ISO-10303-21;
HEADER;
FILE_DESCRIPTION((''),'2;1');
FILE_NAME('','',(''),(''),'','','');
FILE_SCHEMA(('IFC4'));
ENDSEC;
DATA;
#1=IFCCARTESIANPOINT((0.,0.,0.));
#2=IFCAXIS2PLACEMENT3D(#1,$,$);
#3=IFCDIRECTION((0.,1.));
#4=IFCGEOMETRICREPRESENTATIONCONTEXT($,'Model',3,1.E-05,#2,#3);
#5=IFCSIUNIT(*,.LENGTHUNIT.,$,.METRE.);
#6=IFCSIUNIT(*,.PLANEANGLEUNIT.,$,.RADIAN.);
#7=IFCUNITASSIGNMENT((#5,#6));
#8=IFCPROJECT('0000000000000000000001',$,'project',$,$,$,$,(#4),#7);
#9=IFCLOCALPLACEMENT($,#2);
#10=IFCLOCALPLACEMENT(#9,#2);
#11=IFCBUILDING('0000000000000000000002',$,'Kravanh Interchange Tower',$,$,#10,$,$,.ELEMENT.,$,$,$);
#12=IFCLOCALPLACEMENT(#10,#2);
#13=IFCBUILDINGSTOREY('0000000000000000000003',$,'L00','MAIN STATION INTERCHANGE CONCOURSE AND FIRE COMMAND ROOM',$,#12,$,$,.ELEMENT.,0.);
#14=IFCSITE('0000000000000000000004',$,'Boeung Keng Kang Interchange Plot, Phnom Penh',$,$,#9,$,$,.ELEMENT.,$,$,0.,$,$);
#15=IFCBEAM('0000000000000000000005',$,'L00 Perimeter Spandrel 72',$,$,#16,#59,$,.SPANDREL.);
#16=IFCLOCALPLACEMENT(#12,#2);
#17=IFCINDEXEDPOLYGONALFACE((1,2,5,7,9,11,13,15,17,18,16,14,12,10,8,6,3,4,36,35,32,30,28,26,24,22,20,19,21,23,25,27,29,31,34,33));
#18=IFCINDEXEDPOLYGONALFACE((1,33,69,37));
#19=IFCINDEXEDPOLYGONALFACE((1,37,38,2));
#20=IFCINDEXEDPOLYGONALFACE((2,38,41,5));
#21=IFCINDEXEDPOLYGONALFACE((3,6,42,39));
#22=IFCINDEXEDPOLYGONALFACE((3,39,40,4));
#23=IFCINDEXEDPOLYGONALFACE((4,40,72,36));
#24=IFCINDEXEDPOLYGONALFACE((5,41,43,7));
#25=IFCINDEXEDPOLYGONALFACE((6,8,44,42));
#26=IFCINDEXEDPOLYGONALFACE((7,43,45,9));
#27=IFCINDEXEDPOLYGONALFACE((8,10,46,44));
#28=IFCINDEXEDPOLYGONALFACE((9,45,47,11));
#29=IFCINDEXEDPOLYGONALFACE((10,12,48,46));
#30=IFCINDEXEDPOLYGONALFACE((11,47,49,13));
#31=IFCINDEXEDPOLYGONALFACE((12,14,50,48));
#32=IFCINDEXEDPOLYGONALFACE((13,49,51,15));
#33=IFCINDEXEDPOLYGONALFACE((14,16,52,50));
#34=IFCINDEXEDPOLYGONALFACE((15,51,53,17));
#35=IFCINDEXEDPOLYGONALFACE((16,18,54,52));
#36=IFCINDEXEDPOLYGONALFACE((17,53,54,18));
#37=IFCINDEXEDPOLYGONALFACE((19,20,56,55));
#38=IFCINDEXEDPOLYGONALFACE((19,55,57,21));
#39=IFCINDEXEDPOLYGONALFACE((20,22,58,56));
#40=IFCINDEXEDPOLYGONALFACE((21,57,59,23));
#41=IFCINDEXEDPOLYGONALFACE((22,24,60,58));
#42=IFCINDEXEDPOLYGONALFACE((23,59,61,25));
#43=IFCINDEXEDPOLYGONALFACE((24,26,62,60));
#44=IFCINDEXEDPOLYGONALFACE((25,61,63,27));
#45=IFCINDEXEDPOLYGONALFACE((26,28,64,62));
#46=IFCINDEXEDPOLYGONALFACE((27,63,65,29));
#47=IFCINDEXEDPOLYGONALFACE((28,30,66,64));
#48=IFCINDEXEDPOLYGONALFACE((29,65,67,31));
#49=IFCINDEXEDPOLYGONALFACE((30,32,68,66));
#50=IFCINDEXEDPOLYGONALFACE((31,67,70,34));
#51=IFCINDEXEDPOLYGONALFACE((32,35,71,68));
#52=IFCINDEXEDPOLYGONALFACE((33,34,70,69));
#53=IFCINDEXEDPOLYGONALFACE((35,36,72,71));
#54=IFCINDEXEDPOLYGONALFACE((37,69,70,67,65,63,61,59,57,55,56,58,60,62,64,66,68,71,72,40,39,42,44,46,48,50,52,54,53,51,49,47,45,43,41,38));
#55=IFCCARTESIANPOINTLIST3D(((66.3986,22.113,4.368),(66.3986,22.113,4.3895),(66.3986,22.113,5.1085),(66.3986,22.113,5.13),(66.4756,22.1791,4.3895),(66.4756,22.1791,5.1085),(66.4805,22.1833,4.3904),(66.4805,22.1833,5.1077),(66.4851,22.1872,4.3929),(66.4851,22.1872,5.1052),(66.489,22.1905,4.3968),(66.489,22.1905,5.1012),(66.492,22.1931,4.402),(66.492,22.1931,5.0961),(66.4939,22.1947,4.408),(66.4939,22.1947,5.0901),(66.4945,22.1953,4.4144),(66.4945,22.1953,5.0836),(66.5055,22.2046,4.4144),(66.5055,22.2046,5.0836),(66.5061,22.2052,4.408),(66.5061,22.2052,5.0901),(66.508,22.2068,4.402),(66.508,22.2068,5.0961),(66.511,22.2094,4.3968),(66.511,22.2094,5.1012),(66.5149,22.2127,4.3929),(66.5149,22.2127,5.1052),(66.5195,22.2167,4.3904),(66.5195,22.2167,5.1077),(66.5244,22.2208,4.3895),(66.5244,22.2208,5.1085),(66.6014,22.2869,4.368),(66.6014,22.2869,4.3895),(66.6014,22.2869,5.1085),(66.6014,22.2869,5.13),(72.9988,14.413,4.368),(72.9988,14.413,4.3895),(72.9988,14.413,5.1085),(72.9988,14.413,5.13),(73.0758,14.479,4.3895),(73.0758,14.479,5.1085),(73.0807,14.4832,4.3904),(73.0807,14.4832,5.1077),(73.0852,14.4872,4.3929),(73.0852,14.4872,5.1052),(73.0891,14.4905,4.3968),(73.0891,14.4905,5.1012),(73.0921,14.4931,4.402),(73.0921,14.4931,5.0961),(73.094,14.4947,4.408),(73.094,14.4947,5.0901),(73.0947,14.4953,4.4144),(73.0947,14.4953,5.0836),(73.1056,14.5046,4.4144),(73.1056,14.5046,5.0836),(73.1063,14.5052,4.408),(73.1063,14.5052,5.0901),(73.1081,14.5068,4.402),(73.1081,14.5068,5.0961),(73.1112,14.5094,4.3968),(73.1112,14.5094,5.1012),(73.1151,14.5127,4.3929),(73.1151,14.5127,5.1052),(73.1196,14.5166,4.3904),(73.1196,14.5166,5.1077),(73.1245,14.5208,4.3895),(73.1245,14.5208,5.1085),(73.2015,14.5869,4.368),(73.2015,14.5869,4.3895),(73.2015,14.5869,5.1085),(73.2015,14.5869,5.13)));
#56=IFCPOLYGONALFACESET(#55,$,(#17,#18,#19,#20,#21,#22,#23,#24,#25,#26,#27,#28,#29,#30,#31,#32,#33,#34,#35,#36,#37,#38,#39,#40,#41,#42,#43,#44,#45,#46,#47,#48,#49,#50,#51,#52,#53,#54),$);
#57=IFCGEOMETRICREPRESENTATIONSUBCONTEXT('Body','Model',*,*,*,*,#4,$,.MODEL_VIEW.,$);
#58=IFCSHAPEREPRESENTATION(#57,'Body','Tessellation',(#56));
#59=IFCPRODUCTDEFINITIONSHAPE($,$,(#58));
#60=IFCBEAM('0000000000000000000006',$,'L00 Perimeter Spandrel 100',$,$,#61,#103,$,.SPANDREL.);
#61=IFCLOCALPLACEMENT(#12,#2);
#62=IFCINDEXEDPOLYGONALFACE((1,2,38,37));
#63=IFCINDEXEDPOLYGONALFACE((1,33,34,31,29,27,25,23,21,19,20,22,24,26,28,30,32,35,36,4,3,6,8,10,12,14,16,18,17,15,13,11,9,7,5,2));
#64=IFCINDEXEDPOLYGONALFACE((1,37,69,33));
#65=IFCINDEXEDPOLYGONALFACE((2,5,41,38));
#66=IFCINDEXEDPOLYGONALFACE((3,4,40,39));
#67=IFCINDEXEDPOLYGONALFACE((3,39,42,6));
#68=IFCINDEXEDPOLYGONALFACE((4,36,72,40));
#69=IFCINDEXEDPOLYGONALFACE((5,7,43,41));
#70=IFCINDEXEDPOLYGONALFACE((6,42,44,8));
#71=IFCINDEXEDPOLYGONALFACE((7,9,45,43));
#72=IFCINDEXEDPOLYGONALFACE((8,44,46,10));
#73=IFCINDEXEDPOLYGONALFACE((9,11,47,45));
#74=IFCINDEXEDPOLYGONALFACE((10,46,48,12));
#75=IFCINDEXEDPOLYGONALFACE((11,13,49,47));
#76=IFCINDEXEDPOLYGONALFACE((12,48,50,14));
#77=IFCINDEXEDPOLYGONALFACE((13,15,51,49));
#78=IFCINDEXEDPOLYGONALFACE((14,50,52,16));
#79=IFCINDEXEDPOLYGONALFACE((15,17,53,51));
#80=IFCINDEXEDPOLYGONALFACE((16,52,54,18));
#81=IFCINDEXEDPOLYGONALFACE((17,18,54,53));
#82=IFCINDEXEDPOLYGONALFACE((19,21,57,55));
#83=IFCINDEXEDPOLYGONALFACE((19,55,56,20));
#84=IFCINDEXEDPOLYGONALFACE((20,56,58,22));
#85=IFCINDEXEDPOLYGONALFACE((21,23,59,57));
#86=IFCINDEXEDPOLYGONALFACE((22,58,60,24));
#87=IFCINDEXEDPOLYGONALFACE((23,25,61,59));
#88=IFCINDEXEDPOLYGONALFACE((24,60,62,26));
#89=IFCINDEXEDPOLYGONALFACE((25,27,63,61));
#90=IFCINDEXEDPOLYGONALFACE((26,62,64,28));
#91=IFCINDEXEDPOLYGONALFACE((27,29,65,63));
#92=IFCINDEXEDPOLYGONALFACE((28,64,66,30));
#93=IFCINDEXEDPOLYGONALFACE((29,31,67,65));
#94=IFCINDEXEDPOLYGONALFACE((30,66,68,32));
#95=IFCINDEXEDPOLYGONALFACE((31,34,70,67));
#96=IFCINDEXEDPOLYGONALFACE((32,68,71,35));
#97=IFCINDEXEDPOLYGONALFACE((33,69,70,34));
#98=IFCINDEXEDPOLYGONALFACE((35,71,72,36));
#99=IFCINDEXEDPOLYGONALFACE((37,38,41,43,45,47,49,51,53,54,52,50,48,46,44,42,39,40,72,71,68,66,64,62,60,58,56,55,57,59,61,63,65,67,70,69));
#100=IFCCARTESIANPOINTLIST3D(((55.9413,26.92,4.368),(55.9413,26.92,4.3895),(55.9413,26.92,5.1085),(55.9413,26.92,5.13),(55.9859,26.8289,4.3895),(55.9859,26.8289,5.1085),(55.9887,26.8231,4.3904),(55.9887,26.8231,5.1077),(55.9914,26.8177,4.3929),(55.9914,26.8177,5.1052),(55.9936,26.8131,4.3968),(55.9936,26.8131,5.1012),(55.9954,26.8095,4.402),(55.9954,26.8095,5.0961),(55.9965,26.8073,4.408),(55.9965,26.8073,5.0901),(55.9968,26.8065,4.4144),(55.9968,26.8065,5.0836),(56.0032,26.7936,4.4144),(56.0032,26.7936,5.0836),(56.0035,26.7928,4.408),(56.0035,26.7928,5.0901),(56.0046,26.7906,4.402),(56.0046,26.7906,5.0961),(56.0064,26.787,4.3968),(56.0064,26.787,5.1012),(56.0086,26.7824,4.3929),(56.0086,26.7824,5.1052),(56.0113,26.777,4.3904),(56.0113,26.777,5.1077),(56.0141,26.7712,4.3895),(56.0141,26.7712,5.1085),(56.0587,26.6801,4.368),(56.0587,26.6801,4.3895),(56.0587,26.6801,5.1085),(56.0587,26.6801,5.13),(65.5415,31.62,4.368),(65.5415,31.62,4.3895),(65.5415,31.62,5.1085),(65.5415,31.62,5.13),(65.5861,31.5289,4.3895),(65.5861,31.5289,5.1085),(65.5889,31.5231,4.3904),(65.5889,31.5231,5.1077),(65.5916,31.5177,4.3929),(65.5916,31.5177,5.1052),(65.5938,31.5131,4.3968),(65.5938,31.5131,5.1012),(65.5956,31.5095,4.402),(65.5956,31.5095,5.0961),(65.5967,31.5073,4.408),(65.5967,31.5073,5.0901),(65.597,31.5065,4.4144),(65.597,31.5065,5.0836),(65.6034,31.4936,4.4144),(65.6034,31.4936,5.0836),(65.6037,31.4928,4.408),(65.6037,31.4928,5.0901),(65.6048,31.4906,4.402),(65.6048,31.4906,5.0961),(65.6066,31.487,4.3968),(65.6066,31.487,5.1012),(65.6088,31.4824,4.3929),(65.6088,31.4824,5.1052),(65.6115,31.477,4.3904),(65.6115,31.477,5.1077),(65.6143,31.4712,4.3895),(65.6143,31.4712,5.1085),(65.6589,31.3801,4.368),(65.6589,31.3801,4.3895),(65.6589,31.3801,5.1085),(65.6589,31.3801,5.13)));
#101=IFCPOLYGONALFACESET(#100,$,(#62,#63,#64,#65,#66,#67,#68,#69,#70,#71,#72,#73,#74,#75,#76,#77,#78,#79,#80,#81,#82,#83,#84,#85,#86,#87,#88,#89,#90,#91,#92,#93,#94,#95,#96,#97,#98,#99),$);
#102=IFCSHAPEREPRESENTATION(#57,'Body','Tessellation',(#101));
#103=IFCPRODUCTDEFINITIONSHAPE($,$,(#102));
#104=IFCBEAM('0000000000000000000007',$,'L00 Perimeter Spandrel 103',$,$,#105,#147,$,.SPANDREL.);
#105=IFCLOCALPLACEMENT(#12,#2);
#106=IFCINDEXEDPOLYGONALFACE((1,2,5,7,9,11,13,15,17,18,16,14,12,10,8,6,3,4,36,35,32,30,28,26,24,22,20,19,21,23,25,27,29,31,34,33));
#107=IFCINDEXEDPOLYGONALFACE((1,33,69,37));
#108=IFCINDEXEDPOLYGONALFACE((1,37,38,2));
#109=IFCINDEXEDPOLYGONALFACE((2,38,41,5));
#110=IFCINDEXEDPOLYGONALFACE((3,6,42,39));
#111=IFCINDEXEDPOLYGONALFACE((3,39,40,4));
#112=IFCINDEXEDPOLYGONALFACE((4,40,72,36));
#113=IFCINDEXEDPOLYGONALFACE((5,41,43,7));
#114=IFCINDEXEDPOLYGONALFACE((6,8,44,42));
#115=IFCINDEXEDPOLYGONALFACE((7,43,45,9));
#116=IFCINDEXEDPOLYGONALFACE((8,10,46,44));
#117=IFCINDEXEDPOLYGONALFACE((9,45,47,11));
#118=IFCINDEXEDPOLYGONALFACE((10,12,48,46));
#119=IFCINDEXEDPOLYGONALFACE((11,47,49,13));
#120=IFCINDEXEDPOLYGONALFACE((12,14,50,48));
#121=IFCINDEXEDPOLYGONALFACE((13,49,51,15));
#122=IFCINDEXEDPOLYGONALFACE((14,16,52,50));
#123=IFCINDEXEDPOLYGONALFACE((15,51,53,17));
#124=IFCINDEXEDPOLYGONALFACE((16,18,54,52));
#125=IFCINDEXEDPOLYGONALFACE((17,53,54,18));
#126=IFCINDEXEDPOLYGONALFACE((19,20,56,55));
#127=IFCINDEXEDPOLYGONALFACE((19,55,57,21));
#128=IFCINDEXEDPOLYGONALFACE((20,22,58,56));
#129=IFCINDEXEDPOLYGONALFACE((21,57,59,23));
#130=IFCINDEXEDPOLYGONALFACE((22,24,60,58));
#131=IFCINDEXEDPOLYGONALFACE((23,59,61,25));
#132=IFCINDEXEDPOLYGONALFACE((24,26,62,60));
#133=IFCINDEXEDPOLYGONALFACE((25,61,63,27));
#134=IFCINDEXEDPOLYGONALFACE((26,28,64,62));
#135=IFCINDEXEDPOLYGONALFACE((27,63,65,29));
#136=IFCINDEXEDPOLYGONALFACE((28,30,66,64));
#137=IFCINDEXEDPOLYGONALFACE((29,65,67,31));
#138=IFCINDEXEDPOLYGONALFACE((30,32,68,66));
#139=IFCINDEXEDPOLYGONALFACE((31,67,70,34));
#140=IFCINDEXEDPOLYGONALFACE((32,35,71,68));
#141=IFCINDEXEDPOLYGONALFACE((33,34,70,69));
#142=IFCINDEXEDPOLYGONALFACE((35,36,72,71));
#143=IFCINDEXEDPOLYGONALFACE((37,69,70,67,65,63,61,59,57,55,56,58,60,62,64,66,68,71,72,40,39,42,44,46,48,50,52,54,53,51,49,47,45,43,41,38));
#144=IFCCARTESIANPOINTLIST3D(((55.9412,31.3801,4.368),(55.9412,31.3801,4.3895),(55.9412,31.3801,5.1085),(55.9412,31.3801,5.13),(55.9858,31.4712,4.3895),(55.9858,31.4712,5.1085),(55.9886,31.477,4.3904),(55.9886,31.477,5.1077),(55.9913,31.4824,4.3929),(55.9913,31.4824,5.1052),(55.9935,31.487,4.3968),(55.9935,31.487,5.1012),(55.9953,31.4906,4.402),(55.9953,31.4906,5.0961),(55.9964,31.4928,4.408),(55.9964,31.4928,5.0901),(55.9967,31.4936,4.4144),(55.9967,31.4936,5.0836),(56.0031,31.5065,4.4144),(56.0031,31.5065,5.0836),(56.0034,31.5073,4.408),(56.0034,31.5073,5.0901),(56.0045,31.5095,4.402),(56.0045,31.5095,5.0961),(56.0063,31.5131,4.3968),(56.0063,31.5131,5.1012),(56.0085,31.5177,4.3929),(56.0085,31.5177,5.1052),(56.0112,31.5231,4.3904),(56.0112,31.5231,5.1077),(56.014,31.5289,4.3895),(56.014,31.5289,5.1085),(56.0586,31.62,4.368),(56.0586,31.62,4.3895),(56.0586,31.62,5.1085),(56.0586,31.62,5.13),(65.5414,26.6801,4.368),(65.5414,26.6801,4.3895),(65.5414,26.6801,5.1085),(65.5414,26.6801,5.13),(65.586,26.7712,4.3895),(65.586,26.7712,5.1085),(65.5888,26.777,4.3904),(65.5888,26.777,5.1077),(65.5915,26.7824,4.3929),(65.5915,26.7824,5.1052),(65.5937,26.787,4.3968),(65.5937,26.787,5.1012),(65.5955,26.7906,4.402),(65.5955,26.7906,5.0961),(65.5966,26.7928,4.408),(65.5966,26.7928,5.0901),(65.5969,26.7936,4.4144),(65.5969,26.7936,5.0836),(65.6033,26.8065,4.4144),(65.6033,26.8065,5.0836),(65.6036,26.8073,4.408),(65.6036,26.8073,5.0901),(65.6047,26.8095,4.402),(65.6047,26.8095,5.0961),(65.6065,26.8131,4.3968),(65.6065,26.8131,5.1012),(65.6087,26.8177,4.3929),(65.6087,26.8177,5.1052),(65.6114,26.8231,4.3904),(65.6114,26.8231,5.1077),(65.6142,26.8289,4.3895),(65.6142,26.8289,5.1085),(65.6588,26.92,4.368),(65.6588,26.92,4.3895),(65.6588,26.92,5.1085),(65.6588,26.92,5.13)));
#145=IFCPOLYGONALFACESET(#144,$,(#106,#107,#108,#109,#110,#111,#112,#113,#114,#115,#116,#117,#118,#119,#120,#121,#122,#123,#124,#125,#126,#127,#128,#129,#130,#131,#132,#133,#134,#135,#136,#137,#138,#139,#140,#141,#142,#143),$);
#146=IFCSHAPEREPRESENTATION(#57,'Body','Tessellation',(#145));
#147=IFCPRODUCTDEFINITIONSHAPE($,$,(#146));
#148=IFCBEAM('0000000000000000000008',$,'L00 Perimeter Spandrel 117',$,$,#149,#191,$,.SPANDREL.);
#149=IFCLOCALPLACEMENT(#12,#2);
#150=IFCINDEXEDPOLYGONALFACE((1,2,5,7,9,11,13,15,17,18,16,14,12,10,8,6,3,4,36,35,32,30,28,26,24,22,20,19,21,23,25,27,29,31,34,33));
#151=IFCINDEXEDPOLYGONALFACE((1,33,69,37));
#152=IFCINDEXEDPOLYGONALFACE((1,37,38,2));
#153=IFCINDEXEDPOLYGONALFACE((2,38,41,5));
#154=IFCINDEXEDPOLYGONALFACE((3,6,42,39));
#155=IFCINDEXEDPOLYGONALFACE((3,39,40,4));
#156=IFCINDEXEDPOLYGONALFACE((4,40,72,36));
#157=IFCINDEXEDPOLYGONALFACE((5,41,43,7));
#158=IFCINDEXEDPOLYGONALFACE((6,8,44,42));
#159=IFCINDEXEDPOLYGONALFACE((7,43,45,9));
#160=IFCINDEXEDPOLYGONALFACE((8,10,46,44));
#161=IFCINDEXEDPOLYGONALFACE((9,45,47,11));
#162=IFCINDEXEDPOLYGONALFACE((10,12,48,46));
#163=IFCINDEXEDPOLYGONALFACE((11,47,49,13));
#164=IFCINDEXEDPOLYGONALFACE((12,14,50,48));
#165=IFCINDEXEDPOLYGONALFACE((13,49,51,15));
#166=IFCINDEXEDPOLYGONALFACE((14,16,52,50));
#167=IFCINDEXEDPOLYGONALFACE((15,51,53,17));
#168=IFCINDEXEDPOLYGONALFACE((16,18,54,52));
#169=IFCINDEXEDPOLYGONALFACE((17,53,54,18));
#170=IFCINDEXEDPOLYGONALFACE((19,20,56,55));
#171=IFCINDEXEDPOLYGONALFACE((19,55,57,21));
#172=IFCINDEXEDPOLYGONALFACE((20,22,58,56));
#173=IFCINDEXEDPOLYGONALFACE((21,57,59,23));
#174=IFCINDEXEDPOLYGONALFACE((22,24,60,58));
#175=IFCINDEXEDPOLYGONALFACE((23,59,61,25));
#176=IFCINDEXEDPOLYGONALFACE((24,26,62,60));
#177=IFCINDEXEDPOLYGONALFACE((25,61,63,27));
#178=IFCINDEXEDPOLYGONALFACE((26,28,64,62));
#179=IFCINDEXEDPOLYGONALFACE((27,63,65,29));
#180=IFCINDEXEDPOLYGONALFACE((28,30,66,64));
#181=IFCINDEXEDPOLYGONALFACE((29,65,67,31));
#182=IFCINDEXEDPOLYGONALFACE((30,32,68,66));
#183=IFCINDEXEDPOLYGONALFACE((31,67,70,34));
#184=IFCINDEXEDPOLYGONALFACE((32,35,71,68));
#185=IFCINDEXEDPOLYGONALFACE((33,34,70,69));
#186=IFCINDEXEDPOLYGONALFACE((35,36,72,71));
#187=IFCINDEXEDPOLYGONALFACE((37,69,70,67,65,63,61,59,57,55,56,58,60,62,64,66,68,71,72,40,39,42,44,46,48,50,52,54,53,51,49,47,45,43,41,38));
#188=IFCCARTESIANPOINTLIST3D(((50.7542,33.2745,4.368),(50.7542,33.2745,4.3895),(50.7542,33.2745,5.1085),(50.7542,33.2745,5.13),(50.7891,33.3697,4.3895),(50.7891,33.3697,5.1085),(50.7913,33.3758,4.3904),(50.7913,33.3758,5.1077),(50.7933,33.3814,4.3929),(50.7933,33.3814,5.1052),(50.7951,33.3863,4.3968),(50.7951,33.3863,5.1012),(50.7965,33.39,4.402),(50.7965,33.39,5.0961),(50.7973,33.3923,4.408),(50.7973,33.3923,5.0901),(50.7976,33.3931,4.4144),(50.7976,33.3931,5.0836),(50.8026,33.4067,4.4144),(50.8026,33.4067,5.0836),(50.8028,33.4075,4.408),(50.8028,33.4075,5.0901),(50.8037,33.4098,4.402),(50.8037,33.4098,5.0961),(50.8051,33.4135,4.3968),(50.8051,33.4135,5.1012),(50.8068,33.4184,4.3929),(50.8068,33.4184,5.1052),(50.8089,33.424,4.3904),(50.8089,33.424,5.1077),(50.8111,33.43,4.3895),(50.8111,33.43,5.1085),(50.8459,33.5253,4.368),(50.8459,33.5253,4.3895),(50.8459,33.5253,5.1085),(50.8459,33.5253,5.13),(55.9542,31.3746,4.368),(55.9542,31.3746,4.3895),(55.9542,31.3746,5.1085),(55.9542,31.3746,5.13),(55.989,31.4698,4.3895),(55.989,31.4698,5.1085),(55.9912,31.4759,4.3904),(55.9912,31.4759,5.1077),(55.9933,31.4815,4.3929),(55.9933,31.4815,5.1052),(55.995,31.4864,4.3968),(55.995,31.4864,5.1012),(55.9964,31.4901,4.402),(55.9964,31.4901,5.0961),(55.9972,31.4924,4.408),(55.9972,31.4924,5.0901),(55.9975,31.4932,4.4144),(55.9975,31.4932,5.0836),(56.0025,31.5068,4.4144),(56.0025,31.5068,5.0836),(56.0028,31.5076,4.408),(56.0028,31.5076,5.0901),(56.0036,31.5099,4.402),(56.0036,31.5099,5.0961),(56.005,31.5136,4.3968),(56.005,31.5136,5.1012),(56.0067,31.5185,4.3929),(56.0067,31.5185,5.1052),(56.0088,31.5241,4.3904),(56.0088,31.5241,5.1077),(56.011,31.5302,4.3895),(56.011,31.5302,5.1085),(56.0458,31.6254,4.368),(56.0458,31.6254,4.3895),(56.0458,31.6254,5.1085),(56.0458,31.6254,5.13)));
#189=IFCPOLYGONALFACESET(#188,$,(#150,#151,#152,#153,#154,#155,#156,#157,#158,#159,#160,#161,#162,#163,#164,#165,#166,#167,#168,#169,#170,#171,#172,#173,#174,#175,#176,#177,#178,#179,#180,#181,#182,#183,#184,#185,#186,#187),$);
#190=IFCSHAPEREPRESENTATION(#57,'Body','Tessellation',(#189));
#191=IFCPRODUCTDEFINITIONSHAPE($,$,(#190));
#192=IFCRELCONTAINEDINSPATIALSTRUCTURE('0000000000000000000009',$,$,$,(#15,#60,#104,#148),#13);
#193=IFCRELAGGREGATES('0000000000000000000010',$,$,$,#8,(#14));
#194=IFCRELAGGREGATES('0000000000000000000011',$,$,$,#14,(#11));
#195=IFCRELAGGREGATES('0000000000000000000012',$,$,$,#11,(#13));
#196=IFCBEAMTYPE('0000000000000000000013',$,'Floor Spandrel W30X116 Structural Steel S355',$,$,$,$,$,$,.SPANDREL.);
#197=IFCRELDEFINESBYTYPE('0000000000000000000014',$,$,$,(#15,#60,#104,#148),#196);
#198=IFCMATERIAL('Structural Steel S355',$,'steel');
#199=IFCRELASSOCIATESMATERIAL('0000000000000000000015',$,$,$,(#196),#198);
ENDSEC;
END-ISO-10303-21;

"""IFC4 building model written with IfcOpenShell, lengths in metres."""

from ifc_helpers import new_model, si_unit, direction, frame, origin, origin_2d, place, context, subcontext, project, spatial, i_section, extrude, material, material_profile, profile_set, type_object, element, save


model = new_model("IFC4")

# Units and contexts
model_context = context("Model", 3, precision=1e-05, world=origin(), true_north=direction((0.0, 1.0)))
body_context = subcontext(model_context, "Body", "Model", "MODEL_VIEW")
ifc_project = project(units=[si_unit("LENGTHUNIT", "METRE"), si_unit("PLANEANGLEUNIT", "RADIAN")], contexts=[model_context])

# Site, building, storey
site_placement = place(None, origin())
site = spatial("IfcSite", under=ifc_project, at=site_placement, Name="Boeung Keng Kang Interchange Plot, Phnom Penh", CompositionType="ELEMENT", RefElevation=0.0)
building_placement = place(site_placement, origin())
building = spatial("IfcBuilding", under=site, at=building_placement, Name="Kravanh Interchange Tower", CompositionType="ELEMENT")
storey_placement = place(building_placement, origin())
storey = spatial("IfcBuildingStorey", under=building, at=storey_placement, Name="L00", Description="MAIN STATION INTERCHANGE CONCOURSE AND FIRE COMMAND ROOM", CompositionType="ELEMENT", Elevation=0.0)

# Beams
ifc_material_1 = material(Name="Structural Steel S355", Category="steel")
ifc_material_profile_1 = material_profile(ifc_material_1, i_section(OverallWidth=0.2671, OverallDepth=0.762, WebThickness=0.0144, FlangeThickness=0.0215, FilletRadius=0.0249, at=origin_2d()), Name="W30X116")
ifc_profile_set_1 = profile_set([ifc_material_profile_1], Name="Structural Steel S355")
beam_type_1 = type_object("IfcBeamType", Name="Floor Spandrel W30X116 Structural Steel S355", PredefinedType="SPANDREL", material=ifc_profile_set_1)
beam_1_placement = place(storey_placement, frame((66.5, 22.2, 4.749), z_axis=(0.650799, -0.75925, 0.0), x_axis=(0.75925, 0.650799, 0.0)))
element("IfcBeam", 1, at=beam_1_placement, inside=storey, type_object=beam_type_1, Name="L00 Perimeter Spandrel 72", PredefinedType="SPANDREL", context=body_context, shape_type="SweptSolid", body=[
    extrude(i_section(OverallWidth=0.2671, OverallDepth=0.762, WebThickness=0.0144, FlangeThickness=0.0215, FilletRadius=0.0249, at=origin_2d()), origin(), (0.0, 0.0, 1.0), 10.1416),
])
for number, where, z_axis, x_axis, name in (
    (2, (56.0, 26.8, 4.749), (0.898142, 0.439706, 0.0), (-0.439706, 0.898142, 0.0), "L00 Perimeter Spandrel 100"),
    (3, (65.6001, 26.8, 4.749), (-0.898142, 0.439706, 0.0), (-0.439706, -0.898142, 0.0), "L00 Perimeter Spandrel 103"),
):
    element("IfcBeam", number, at=place(storey_placement, frame(where, z_axis=z_axis, x_axis=x_axis)), inside=storey, type_object=beam_type_1, Name=name, PredefinedType="SPANDREL", context=body_context, shape_type="SweptSolid", body=[
        extrude(i_section(OverallWidth=0.2671, OverallDepth=0.762, WebThickness=0.0144, FlangeThickness=0.0215, FilletRadius=0.0249, at=origin_2d()), origin(), (0.0, 0.0, 1.0), 10.689),
    ])
beam_2_placement = place(storey_placement, frame((56.0, 31.5, 4.749), z_axis=(-0.93927, 0.34318, 0.0), x_axis=(-0.34318, -0.93927, 0.0)))
element("IfcBeam", 4, at=beam_2_placement, inside=storey, type_object=beam_type_1, Name="L00 Perimeter Spandrel 117", PredefinedType="SPANDREL", context=body_context, shape_type="SweptSolid", body=[
    extrude(i_section(OverallWidth=0.2671, OverallDepth=0.762, WebThickness=0.0144, FlangeThickness=0.0215, FilletRadius=0.0249, at=origin_2d()), origin(), (0.0, 0.0, 1.0), 5.5361),
])

save(model, "model.ifc")
